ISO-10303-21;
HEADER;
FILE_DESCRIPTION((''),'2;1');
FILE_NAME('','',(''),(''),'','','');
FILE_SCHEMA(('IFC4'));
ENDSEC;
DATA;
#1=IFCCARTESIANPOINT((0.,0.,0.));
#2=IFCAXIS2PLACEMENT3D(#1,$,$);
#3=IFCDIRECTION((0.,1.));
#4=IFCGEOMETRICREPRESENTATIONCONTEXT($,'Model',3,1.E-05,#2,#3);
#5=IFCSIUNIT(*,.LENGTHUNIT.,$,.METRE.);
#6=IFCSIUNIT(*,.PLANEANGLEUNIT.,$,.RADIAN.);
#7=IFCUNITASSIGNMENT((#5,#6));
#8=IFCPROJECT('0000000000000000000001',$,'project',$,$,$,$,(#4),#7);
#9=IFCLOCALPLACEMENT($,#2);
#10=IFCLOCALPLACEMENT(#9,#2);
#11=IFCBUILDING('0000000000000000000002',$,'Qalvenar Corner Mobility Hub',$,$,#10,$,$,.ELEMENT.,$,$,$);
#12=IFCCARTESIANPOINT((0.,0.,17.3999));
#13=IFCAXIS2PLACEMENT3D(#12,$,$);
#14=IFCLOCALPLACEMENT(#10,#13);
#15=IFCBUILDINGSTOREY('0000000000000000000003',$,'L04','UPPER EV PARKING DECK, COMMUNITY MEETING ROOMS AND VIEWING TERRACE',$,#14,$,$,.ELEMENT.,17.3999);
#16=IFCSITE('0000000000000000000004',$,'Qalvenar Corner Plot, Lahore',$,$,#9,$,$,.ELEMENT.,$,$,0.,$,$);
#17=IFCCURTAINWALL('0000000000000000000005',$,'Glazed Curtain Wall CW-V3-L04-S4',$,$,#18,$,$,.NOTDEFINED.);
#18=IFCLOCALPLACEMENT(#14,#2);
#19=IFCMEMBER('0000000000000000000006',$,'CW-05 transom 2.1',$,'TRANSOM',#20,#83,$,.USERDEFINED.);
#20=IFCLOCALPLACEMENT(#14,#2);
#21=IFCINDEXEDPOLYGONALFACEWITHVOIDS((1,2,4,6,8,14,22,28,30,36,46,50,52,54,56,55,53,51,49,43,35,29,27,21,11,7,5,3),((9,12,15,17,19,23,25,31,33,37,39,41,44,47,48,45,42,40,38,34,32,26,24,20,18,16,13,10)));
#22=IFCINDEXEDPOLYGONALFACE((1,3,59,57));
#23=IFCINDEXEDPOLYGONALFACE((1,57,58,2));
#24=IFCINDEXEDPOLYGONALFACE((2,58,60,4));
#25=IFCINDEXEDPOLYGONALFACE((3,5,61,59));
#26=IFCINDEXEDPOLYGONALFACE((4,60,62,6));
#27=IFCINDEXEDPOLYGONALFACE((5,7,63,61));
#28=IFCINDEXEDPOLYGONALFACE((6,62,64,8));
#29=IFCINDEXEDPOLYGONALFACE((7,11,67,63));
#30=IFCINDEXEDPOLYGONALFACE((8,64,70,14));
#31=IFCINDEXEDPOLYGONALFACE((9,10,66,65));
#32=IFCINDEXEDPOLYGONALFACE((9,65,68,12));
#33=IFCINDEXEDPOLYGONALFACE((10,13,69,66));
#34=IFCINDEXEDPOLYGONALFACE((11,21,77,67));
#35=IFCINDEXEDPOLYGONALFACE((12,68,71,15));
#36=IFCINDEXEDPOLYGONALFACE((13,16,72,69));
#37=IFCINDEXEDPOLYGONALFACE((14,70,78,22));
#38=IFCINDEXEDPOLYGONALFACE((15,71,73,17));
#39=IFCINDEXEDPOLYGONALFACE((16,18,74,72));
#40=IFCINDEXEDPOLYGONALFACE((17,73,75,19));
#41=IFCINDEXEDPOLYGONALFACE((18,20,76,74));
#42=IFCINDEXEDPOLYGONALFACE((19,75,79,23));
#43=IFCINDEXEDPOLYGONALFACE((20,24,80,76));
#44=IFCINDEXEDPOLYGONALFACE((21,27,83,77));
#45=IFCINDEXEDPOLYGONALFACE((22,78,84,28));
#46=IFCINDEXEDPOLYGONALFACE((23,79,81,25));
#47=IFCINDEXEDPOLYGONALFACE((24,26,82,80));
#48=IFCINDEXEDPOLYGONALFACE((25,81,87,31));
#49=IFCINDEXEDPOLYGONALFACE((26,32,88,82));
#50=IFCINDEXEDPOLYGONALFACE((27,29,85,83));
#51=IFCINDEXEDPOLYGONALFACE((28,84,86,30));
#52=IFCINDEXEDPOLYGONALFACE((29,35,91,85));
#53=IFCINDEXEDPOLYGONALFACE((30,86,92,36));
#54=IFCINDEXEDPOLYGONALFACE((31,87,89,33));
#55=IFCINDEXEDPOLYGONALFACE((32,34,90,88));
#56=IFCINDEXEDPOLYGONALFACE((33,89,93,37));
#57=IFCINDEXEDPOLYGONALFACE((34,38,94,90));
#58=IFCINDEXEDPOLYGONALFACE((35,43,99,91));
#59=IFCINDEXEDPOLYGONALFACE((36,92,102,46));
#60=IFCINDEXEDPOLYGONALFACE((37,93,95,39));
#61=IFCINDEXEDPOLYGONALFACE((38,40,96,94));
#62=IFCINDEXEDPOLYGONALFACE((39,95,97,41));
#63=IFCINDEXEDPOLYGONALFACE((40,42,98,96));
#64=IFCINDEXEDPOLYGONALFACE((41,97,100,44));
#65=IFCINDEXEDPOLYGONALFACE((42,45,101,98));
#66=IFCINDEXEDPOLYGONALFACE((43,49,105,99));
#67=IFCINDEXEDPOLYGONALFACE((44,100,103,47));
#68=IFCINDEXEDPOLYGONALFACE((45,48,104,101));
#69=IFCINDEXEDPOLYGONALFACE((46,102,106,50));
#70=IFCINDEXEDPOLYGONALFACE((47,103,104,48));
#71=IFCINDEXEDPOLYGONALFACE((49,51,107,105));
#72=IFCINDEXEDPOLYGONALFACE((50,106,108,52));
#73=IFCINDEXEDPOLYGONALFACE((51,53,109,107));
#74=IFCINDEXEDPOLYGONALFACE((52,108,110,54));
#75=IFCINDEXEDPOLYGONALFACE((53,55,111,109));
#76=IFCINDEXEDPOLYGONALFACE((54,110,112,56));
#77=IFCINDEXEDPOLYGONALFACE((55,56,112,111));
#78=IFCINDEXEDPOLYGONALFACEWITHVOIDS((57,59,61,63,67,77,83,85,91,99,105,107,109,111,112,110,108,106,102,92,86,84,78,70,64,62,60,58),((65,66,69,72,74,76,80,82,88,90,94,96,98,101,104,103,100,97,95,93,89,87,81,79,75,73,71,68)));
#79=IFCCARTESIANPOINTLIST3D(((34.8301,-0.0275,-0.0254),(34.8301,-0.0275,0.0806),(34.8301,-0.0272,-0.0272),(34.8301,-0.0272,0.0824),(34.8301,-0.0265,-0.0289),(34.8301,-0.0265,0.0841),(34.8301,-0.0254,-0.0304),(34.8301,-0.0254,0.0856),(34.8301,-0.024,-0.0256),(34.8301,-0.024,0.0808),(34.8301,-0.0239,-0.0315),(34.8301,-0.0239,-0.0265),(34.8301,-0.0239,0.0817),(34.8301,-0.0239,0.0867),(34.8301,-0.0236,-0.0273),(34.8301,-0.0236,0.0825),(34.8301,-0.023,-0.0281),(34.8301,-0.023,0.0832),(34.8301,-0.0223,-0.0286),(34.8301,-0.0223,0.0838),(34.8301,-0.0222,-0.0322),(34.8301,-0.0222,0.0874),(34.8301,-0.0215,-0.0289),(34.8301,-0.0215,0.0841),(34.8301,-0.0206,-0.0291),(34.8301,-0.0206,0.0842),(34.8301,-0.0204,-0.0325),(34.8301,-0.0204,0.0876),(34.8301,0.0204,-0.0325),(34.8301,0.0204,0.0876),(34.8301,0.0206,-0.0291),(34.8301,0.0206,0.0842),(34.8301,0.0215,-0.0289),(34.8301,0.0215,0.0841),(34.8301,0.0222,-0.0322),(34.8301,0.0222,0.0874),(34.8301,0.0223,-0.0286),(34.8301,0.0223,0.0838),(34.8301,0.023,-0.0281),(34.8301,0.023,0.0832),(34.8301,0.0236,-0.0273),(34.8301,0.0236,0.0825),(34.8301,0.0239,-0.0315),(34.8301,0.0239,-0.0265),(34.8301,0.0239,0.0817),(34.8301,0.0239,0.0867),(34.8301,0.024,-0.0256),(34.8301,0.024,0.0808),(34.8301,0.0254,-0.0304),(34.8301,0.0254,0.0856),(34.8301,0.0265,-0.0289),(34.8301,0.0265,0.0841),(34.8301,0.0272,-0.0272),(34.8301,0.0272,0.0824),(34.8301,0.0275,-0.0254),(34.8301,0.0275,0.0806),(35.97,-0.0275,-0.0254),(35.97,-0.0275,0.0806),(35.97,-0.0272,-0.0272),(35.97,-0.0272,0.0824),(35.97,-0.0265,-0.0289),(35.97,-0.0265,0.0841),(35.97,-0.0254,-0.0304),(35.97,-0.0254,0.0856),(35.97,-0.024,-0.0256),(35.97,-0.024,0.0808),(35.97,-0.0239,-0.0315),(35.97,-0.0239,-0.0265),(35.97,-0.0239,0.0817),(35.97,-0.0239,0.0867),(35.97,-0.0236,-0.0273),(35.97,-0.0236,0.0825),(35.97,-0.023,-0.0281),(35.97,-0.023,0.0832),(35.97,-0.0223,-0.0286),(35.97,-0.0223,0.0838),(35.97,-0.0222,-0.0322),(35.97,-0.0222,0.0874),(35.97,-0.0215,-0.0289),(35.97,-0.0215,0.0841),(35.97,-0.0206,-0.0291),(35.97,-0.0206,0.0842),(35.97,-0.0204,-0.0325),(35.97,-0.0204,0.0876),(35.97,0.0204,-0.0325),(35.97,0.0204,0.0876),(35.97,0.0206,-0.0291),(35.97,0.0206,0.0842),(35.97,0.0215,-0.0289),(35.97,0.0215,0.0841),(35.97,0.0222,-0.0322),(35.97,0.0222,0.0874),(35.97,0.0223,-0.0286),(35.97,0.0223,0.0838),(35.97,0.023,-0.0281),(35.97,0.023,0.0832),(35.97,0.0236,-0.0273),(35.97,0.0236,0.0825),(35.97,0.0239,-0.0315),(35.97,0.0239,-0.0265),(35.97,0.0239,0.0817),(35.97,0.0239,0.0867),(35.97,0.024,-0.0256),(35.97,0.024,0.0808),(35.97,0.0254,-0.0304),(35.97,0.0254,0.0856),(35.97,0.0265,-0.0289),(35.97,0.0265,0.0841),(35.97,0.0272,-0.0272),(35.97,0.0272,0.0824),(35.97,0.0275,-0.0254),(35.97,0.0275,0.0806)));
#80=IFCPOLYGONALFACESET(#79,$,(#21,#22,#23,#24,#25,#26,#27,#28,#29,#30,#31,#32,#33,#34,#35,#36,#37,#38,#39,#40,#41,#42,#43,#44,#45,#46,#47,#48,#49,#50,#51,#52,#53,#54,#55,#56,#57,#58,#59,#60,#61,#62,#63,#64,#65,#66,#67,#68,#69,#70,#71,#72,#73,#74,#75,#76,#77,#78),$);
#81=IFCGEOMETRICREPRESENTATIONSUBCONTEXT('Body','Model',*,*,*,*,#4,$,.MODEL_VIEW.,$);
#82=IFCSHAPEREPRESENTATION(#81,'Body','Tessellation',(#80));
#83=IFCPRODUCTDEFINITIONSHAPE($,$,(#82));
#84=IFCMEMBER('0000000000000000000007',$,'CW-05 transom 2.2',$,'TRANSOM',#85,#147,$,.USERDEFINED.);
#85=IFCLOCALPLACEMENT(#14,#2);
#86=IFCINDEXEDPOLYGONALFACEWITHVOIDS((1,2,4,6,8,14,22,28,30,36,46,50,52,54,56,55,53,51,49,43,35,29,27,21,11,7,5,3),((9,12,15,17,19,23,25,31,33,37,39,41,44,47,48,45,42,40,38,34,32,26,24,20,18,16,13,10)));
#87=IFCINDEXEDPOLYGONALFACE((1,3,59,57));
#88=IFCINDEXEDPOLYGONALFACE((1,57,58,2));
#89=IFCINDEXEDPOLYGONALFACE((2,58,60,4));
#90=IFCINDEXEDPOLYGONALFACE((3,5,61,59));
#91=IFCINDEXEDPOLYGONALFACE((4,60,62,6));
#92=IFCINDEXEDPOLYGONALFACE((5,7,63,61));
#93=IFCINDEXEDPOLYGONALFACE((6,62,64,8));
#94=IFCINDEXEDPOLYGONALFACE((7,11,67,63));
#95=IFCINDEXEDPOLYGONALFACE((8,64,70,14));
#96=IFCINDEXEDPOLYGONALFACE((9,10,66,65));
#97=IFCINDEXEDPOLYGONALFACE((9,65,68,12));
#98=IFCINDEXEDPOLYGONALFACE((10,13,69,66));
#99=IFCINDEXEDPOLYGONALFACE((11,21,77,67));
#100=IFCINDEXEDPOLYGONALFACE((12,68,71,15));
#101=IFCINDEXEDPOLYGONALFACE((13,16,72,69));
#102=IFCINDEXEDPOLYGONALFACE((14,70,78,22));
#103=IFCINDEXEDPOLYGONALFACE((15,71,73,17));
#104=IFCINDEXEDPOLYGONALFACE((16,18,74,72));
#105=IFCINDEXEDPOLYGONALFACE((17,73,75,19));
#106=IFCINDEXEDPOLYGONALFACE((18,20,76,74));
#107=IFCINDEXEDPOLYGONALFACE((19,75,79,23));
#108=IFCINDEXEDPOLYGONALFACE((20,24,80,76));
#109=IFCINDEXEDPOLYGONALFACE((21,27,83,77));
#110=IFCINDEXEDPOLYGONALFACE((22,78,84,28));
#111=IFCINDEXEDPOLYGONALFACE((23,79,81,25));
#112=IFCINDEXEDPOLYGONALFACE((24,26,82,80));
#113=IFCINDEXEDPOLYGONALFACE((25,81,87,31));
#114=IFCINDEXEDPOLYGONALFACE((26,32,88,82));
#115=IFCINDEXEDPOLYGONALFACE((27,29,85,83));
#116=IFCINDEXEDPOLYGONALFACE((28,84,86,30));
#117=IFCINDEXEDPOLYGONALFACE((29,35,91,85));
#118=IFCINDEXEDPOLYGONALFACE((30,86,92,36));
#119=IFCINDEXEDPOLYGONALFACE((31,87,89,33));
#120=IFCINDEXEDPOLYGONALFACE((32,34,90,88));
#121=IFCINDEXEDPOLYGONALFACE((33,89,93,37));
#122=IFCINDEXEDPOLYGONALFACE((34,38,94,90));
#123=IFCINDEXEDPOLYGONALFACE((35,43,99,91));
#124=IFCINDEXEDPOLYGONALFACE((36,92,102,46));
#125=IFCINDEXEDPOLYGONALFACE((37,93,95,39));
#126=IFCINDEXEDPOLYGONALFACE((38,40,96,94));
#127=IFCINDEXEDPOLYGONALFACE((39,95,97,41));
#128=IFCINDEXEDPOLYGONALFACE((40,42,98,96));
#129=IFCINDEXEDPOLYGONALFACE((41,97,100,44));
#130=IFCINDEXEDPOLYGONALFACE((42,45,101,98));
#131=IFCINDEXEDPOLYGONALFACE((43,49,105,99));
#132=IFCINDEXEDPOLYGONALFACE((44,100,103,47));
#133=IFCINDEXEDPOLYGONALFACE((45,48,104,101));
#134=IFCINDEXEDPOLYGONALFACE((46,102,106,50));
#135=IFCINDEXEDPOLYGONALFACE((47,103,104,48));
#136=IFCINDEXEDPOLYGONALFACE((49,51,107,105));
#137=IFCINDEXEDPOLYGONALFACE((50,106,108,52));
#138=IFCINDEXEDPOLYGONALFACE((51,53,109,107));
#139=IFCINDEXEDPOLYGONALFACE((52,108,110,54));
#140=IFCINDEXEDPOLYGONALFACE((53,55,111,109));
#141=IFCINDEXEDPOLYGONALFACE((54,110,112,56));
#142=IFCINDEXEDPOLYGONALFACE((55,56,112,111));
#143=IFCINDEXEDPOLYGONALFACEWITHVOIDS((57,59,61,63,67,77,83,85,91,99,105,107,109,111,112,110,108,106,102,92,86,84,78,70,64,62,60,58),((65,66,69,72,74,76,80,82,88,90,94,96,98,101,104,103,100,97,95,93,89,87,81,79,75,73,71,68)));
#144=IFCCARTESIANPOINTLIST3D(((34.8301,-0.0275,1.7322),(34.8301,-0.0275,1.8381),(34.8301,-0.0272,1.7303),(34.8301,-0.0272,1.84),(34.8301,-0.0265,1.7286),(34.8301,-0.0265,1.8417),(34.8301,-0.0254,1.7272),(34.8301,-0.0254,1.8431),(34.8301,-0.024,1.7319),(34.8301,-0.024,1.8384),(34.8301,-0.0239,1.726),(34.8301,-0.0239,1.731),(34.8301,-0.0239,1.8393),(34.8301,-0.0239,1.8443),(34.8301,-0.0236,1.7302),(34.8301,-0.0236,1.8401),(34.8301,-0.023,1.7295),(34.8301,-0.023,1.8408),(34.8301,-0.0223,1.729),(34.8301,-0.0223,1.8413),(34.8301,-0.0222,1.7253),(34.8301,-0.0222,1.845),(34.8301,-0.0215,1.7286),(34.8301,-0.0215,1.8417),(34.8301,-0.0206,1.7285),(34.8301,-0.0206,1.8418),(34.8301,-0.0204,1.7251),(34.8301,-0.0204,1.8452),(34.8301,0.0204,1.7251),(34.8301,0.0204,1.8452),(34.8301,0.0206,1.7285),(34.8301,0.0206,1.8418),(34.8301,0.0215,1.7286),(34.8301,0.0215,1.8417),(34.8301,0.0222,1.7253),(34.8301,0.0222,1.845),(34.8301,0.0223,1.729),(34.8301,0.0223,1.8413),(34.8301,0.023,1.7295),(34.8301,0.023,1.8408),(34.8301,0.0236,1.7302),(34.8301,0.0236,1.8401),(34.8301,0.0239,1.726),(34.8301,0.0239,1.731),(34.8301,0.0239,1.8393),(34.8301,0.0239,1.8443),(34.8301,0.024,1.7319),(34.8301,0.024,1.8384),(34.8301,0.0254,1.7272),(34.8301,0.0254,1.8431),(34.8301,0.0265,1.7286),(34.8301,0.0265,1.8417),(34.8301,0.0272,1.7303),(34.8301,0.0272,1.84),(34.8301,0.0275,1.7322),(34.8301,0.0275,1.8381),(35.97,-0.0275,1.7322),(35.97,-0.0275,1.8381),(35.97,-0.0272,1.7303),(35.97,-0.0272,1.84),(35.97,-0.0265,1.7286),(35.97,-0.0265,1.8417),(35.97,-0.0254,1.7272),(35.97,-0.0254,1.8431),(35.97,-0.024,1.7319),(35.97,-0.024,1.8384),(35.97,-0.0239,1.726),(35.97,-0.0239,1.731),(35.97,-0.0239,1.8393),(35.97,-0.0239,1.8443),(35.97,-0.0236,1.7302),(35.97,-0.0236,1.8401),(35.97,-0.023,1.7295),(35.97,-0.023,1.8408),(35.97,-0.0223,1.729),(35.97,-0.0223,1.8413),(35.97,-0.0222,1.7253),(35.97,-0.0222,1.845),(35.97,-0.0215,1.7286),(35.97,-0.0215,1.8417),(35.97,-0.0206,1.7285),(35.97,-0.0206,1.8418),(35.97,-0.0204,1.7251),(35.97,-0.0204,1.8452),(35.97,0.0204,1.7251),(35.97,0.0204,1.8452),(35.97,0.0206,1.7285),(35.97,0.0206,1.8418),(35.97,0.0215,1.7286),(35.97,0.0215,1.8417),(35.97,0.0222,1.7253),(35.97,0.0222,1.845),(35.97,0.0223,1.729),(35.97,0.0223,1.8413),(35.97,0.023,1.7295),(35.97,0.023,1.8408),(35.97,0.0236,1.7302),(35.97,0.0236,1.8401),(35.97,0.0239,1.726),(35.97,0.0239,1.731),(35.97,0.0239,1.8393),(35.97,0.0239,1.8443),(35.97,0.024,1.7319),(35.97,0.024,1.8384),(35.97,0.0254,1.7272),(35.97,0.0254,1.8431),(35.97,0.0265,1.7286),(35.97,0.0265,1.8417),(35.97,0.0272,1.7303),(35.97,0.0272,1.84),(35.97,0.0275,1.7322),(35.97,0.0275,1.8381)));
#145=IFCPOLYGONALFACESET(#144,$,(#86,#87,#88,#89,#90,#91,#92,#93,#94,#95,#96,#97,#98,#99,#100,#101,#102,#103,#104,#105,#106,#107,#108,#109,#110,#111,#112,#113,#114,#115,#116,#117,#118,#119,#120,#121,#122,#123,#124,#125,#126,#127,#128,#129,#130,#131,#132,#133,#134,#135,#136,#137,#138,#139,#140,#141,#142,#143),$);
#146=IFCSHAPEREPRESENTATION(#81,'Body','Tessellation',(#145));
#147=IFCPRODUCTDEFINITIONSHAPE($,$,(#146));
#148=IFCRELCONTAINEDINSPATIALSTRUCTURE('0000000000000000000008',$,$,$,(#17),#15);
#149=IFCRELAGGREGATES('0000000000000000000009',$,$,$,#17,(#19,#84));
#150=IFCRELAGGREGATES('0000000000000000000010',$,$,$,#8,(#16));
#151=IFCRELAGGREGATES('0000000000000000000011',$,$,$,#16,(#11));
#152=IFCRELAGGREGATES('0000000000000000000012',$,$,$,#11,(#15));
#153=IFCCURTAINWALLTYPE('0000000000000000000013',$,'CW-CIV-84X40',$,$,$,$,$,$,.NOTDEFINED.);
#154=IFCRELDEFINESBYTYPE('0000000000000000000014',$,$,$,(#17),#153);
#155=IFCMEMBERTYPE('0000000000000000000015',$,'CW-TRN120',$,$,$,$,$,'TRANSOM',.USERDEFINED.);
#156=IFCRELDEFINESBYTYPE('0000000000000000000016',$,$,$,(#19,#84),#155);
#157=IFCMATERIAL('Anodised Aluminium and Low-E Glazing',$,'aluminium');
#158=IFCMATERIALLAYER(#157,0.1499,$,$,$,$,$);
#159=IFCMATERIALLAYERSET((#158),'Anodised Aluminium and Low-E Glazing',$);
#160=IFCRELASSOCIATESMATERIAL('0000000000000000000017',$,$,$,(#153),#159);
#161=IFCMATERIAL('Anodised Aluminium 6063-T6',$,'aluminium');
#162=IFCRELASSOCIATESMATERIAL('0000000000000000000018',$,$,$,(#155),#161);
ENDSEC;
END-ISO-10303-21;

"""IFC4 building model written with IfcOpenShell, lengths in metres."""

from ifc_helpers import new_model, si_unit, direction, frame, origin, origin_2d, place, context, subcontext, project, spatial, hollow_rectangle, extrude, material, layer, layer_set, material_profile, profile_set, type_object, element, aggregate, save


model = new_model("IFC4")

# Units and contexts
model_context = context("Model", 3, precision=1e-05, world=origin(), true_north=direction((0.0, 1.0)))
body_context = subcontext(model_context, "Body", "Model", "MODEL_VIEW")
ifc_project = project(units=[si_unit("LENGTHUNIT", "METRE"), si_unit("PLANEANGLEUNIT", "RADIAN")], contexts=[model_context])

# Site, building, storey
site_placement = place(None, origin())
site = spatial("IfcSite", under=ifc_project, at=site_placement, Name="Qalvenar Corner Plot, Lahore", CompositionType="ELEMENT", RefElevation=0.0)
building_placement = place(site_placement, origin())
building = spatial("IfcBuilding", under=site, at=building_placement, Name="Qalvenar Corner Mobility Hub", CompositionType="ELEMENT")
storey_placement = place(building_placement, frame((0.0, 0.0, 17.3999)))
storey = spatial("IfcBuildingStorey", under=building, at=storey_placement, Name="L04", Description="UPPER EV PARKING DECK, COMMUNITY MEETING ROOMS AND VIEWING TERRACE", CompositionType="ELEMENT", Elevation=17.3999)

# Curtain wall, members
ifc_material_1 = material(Name="Anodised Aluminium and Low-E Glazing", Category="aluminium")
ifc_layer_1 = layer(ifc_material_1, 0.1499)
ifc_layer_set_1 = layer_set([ifc_layer_1], Name="Anodised Aluminium and Low-E Glazing")
curtain_wall_type = type_object("IfcCurtainWallType", Name="CW-CIV-84X40", PredefinedType="NOTDEFINED", material=ifc_layer_set_1)
curtain_wall_placement = place(storey_placement, origin())
curtain_wall = element("IfcCurtainWall", 1, at=curtain_wall_placement, inside=storey, type_object=curtain_wall_type, Name="Glazed Curtain Wall CW-V3-L04-S4", PredefinedType="NOTDEFINED")
ifc_material_2 = material(Name="Anodised Aluminium 6063-T6", Category="aluminium")
ifc_material_profile_1 = material_profile(ifc_material_2, hollow_rectangle(XDim=0.0549, YDim=0.1201, WallThickness=0.0034, InnerFilletRadius=0.0034, OuterFilletRadius=0.0071, at=origin_2d()), Name="RHS120x55x3.5")
ifc_profile_set_1 = profile_set([ifc_material_profile_1], Name="Anodised Aluminium 6063-T6")
member_type_1 = type_object("IfcMemberType", Name="CW-TRN120", ElementType="TRANSOM", PredefinedType="USERDEFINED", material=ifc_profile_set_1)
member_1_placement = place(storey_placement, frame((34.8301, 0.0, 0.0276), z_axis=(1.0, 0.0, 0.0), x_axis=(0.0, 1.0, 0.0)))
member_1 = element("IfcMember", 2, at=member_1_placement, type_object=member_type_1, Name="CW-05 transom 2.1", ObjectType="TRANSOM", PredefinedType="USERDEFINED", context=body_context, shape_type="SweptSolid", body=[
    extrude(hollow_rectangle(XDim=0.0549, YDim=0.1201, WallThickness=0.0034, InnerFilletRadius=0.0034, OuterFilletRadius=0.0071, at=origin_2d()), origin(), (0.0, 0.0, 1.0), 1.1399),
])
member_2_placement = place(storey_placement, frame((34.8301, 0.0, 1.7852), z_axis=(1.0, 0.0, 0.0), x_axis=(0.0, 1.0, 0.0)))
member_2 = element("IfcMember", 3, at=member_2_placement, type_object=member_type_1, Name="CW-05 transom 2.2", ObjectType="TRANSOM", PredefinedType="USERDEFINED", context=body_context, shape_type="SweptSolid", body=[
    extrude(hollow_rectangle(XDim=0.0549, YDim=0.1201, WallThickness=0.0034, InnerFilletRadius=0.0034, OuterFilletRadius=0.0071, at=origin_2d()), origin(), (0.0, 0.0, 1.0), 1.1399),
])
aggregate(curtain_wall, [member_1, member_2])

save(model, "model.ifc")
